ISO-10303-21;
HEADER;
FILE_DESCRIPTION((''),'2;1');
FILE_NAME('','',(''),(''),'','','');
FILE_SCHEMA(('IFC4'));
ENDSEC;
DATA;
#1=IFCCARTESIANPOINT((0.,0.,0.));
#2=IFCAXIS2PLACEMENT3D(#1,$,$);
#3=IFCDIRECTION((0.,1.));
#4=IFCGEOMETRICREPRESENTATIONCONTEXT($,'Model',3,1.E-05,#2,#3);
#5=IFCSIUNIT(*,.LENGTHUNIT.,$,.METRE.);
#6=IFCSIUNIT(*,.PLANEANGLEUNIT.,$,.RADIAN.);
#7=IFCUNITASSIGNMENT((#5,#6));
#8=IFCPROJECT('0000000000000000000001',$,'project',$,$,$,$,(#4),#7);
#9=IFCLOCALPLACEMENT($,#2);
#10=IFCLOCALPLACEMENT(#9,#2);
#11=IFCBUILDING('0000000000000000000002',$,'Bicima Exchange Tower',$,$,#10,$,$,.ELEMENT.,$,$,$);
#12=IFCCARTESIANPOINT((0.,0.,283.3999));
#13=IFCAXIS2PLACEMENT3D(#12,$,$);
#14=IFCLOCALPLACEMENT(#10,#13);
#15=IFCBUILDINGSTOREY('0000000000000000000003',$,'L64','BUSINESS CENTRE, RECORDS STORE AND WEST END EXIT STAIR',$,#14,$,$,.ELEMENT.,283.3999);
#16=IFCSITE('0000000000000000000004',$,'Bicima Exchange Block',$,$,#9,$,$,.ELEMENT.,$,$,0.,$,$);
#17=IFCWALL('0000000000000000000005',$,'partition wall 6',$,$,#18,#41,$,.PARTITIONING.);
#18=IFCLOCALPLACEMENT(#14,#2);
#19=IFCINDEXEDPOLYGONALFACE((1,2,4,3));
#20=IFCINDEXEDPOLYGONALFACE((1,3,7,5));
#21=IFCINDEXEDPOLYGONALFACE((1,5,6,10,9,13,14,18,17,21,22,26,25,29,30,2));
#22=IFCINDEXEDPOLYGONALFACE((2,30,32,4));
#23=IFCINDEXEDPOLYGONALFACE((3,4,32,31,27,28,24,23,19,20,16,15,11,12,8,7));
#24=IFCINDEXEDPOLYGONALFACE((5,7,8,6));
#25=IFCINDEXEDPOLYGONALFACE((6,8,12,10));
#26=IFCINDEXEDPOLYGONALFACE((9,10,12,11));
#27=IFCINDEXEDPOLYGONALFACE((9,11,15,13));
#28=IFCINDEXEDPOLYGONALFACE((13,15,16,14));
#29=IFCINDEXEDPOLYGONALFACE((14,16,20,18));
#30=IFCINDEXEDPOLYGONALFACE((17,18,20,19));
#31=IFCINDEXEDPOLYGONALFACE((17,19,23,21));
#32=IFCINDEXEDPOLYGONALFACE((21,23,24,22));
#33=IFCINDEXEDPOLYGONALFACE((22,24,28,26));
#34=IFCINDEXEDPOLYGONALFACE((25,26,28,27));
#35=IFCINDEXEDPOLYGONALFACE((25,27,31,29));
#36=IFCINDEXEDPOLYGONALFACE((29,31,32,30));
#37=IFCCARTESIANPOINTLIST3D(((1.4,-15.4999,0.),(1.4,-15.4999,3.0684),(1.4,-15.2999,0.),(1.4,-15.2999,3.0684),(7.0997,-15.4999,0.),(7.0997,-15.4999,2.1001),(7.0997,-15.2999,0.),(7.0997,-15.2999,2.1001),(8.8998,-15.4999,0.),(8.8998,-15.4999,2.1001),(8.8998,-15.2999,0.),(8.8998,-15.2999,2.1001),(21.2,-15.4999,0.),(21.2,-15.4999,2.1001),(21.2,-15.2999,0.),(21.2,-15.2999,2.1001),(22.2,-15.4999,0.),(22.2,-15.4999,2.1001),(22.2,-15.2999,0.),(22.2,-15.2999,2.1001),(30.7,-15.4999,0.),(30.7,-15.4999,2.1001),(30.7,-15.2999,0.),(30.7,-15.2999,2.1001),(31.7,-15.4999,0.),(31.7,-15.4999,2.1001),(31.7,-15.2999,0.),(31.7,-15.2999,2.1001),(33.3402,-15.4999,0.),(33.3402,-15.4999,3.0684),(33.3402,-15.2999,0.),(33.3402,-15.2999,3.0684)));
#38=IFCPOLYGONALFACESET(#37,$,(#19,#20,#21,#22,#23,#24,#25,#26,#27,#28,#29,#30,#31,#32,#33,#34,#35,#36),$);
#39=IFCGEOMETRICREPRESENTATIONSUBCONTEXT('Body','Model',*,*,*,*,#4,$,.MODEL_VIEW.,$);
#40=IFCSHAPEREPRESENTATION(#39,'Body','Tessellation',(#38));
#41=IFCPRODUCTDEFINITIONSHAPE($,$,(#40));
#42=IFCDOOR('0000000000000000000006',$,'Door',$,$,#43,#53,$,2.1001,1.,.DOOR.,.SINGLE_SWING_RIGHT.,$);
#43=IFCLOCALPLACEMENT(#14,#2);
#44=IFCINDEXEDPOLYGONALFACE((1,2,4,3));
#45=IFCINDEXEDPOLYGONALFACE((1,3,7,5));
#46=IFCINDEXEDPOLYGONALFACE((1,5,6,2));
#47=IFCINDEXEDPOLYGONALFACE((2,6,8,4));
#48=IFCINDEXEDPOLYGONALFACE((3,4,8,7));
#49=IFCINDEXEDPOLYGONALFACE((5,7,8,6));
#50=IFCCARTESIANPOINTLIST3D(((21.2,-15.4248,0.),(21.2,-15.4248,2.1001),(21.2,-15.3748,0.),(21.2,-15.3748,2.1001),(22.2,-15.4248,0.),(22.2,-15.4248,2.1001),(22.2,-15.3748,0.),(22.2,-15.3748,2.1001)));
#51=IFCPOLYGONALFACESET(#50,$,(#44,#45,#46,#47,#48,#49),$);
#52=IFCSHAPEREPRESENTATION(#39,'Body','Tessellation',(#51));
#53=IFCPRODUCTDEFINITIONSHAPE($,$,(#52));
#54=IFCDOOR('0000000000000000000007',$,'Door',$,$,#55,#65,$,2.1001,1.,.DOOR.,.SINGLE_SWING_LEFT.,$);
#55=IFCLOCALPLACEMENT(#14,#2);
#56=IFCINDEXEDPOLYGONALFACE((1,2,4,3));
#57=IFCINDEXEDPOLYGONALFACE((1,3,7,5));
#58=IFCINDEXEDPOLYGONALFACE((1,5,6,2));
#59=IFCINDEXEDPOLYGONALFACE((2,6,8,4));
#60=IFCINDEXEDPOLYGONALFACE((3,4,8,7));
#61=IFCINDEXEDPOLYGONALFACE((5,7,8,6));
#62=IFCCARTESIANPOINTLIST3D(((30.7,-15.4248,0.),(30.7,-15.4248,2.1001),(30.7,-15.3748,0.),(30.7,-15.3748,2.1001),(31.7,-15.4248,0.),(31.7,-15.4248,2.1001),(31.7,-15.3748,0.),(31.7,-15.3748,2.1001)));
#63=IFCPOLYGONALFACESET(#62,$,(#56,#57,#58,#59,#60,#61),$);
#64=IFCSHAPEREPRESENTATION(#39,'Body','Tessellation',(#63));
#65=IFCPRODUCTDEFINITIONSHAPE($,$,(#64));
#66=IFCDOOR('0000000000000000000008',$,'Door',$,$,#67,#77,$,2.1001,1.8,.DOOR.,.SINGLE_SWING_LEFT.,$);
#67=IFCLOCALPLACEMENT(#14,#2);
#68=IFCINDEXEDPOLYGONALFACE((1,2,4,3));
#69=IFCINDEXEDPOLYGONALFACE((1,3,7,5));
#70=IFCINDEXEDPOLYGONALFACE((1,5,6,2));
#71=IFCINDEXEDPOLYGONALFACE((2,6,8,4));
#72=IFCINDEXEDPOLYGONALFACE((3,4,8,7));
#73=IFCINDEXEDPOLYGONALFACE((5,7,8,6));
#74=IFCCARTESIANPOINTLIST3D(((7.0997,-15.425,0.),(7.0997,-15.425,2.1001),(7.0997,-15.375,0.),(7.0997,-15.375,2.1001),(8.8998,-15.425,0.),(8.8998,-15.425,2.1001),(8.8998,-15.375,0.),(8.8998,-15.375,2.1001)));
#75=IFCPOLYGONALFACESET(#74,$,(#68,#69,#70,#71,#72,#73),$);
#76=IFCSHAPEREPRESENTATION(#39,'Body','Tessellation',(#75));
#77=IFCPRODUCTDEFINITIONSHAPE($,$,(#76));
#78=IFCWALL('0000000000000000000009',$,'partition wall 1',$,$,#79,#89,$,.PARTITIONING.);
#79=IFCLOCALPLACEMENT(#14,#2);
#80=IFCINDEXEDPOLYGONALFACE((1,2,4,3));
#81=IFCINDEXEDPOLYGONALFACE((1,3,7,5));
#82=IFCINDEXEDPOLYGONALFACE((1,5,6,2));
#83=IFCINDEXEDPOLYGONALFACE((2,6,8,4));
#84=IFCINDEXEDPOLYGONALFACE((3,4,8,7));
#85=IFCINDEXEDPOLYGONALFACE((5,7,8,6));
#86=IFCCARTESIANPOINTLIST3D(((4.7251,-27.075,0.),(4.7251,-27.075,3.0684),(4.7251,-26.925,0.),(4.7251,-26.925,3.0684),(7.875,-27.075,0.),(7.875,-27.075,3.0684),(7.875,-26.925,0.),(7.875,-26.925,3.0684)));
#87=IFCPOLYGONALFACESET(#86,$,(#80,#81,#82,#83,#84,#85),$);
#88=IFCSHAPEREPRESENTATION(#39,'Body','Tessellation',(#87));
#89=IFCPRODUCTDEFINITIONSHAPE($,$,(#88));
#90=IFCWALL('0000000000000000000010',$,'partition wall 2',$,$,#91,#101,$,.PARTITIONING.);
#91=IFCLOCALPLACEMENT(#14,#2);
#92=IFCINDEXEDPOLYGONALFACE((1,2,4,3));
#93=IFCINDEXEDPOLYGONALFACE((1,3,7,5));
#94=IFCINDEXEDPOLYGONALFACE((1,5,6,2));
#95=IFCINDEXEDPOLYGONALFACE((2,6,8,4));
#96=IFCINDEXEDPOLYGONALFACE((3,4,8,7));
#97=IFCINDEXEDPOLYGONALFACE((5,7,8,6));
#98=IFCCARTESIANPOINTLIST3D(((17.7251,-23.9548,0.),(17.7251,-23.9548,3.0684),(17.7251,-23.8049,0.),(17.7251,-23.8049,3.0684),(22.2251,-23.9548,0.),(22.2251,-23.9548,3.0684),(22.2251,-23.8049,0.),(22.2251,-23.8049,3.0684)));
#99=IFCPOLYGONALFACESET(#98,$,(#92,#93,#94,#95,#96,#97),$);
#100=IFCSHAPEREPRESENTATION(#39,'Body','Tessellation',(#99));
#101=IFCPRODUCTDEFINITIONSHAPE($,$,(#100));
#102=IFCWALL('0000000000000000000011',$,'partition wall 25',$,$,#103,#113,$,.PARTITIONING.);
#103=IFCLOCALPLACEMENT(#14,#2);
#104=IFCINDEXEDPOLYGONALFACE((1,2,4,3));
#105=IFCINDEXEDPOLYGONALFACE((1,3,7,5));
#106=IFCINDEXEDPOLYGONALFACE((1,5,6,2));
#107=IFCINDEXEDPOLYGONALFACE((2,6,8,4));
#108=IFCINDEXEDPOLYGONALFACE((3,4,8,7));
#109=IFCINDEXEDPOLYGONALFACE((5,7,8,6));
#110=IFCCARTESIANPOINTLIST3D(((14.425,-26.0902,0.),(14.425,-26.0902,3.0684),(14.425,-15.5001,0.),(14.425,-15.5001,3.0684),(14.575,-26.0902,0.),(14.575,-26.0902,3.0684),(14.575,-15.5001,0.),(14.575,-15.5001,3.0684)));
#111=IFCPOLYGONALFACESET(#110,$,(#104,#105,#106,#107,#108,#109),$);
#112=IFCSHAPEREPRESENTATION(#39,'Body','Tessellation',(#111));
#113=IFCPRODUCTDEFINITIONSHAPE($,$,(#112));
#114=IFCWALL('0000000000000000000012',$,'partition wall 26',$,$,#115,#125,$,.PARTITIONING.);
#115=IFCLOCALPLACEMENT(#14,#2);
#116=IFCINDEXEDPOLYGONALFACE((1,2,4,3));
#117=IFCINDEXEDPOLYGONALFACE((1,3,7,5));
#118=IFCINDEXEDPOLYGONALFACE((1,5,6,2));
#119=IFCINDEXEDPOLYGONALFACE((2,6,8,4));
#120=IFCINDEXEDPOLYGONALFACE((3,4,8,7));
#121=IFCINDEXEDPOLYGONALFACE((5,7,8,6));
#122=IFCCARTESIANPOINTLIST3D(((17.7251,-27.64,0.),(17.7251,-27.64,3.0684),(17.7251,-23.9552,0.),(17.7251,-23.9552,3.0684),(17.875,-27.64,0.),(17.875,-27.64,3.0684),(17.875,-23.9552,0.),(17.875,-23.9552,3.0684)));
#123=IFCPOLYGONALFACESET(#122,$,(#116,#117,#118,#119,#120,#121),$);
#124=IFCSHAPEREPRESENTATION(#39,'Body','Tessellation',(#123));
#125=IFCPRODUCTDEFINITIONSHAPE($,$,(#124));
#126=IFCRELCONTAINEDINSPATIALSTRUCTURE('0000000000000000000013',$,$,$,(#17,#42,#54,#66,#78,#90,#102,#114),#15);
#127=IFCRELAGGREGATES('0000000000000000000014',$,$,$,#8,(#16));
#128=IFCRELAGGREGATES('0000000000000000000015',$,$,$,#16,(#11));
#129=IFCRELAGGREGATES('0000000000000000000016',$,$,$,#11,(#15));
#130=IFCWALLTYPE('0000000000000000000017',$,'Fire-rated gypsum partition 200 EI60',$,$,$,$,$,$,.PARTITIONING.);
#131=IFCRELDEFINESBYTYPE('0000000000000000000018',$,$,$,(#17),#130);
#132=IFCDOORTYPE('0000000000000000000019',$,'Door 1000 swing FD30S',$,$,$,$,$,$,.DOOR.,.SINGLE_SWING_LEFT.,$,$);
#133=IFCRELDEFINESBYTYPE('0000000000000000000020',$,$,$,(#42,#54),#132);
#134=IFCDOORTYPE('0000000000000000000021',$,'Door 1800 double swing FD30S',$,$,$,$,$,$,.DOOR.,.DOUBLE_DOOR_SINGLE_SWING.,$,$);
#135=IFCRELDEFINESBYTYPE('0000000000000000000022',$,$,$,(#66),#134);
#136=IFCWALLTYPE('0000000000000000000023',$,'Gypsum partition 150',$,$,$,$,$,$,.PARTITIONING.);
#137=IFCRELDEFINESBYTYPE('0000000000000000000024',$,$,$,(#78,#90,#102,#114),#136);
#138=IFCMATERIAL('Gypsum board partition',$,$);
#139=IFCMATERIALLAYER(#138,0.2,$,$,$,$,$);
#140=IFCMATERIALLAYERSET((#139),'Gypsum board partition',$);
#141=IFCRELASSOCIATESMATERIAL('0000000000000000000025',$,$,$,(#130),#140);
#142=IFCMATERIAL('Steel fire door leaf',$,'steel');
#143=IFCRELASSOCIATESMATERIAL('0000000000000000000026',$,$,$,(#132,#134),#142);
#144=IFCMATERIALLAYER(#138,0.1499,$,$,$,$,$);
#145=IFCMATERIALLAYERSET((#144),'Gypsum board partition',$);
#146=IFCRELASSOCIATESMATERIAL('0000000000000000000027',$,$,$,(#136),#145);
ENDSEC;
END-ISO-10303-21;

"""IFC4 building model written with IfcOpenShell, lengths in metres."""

from ifc_helpers import new_model, si_unit, direction, frame, frame_2d, origin, place, context, subcontext, project, spatial, rectangle, extrude, material, layer, layer_set, type_object, element, fill, save


model = new_model("IFC4")

# Units and contexts
model_context = context("Model", 3, precision=1e-05, world=origin(), true_north=direction((0.0, 1.0)))
body_context = subcontext(model_context, "Body", "Model", "MODEL_VIEW")
ifc_project = project(units=[si_unit("LENGTHUNIT", "METRE"), si_unit("PLANEANGLEUNIT", "RADIAN")], contexts=[model_context])

# Site, building, storey
site_placement = place(None, origin())
site = spatial("IfcSite", under=ifc_project, at=site_placement, Name="Bicima Exchange Block", CompositionType="ELEMENT", RefElevation=0.0)
building_placement = place(site_placement, origin())
building = spatial("IfcBuilding", under=site, at=building_placement, Name="Bicima Exchange Tower", CompositionType="ELEMENT")
storey_placement = place(building_placement, frame((0.0, 0.0, 283.3999)))
storey = spatial("IfcBuildingStorey", under=building, at=storey_placement, Name="L64", Description="BUSINESS CENTRE, RECORDS STORE AND WEST END EXIT STAIR", CompositionType="ELEMENT", Elevation=283.3999)

# Wall, openings, doors
ifc_material_1 = material(Name="Gypsum board partition")
ifc_layer_1 = layer(ifc_material_1, 0.2)
ifc_layer_set_1 = layer_set([ifc_layer_1], Name="Gypsum board partition")
wall_type_1 = type_object("IfcWallType", Name="Fire-rated gypsum partition 200 EI60", PredefinedType="PARTITIONING", material=ifc_layer_set_1)
wall_1_placement = place(storey_placement, frame((1.3999, -15.3999, 0.0), z_axis=(0.0, 0.0, 1.0), x_axis=(1.0, 0.0, 0.0)))
wall_1 = element("IfcWall", 1, at=wall_1_placement, inside=storey, type_object=wall_type_1, Name="partition wall 6", PredefinedType="PARTITIONING", context=body_context, shape_type="SweptSolid", body=[
    extrude(rectangle(XDim=31.9402, YDim=0.2, at=frame_2d((15.9702, 0.0))), origin(), (0.0, 0.0, 1.0), 3.0684),
])
opening_1_placement = place(wall_1_placement, frame((5.7, 0.0, 0.0)))
opening_1 = element("IfcOpeningElement", 2, at=opening_1_placement, cuts=wall_1, PredefinedType="OPENING", context=body_context, shape_type="SweptSolid", body=[
    extrude(rectangle(XDim=1.8, YDim=2.1001, at=frame_2d((0.8999, 1.05))), frame((0.0, 0.1118, 0.0), z_axis=(0.0, -1.0, 0.0), x_axis=(1.0, 0.0, 0.0)), (0.0, 0.0, 1.0), 0.2239),
])
opening_2_placement = place(wall_1_placement, frame((19.8, 0.0, 0.0)))
opening_2 = element("IfcOpeningElement", 3, at=opening_2_placement, cuts=wall_1, PredefinedType="OPENING", context=body_context, shape_type="SweptSolid", body=[
    extrude(rectangle(XDim=1.0, YDim=2.1001, at=frame_2d((0.5, 1.05))), frame((0.0, 0.1118, 0.0), z_axis=(0.0, -1.0, 0.0), x_axis=(1.0, 0.0, 0.0)), (0.0, 0.0, 1.0), 0.2239),
])
opening_3_placement = place(wall_1_placement, frame((29.3, 0.0, 0.0)))
opening_3 = element("IfcOpeningElement", 4, at=opening_3_placement, cuts=wall_1, PredefinedType="OPENING", context=body_context, shape_type="SweptSolid", body=[
    extrude(rectangle(XDim=1.0, YDim=2.1001, at=frame_2d((0.5, 1.05))), frame((0.0, 0.1118, 0.0), z_axis=(0.0, -1.0, 0.0), x_axis=(1.0, 0.0, 0.0)), (0.0, 0.0, 1.0), 0.2239),
])
ifc_material_2 = material(Name="Steel fire door leaf", Category="steel")
door_type_1 = type_object("IfcDoorType", Name="Door 1000 swing FD30S", OperationType="SINGLE_SWING_LEFT", PredefinedType="DOOR", material=ifc_material_2)
door_1_placement = place(opening_2_placement, frame((1.0, 0.0, 0.0), z_axis=(0.0, 0.0, 1.0), x_axis=(-1.0, 0.0, 0.0)))
door_1 = element("IfcDoor", 5, at=door_1_placement, inside=storey, type_object=door_type_1, Name="Door", OperationType="SINGLE_SWING_RIGHT", OverallHeight=2.1001, OverallWidth=1.0, PredefinedType="DOOR", context=body_context, shape_type="SweptSolid", body=[
    extrude(rectangle(XDim=1.0, YDim=2.1001, at=frame_2d((0.5, 1.05))), frame((0.0, 0.0249, 0.0), z_axis=(0.0, -1.0, 0.0), x_axis=(1.0, 0.0, 0.0)), (0.0, 0.0, 1.0), 0.05),
])
fill(opening_2, door_1)
door_2_placement = place(opening_3_placement, frame((1.0, 0.0, 0.0), z_axis=(0.0, 0.0, 1.0), x_axis=(-1.0, 0.0, 0.0)))
door_2 = element("IfcDoor", 6, at=door_2_placement, inside=storey, type_object=door_type_1, Name="Door", OperationType="SINGLE_SWING_LEFT", OverallHeight=2.1001, OverallWidth=1.0, PredefinedType="DOOR", context=body_context, shape_type="SweptSolid", body=[
    extrude(rectangle(XDim=1.0, YDim=2.1001, at=frame_2d((0.5, 1.05))), frame((0.0, 0.0249, 0.0), z_axis=(0.0, -1.0, 0.0), x_axis=(1.0, 0.0, 0.0)), (0.0, 0.0, 1.0), 0.05),
])
fill(opening_3, door_2)
door_type_2 = type_object("IfcDoorType", Name="Door 1800 double swing FD30S", OperationType="DOUBLE_DOOR_SINGLE_SWING", PredefinedType="DOOR", material=ifc_material_2)
door_3_placement = place(opening_1_placement, origin())
door_3 = element("IfcDoor", 7, at=door_3_placement, inside=storey, type_object=door_type_2, Name="Door", OperationType="SINGLE_SWING_LEFT", OverallHeight=2.1001, OverallWidth=1.8, PredefinedType="DOOR", context=body_context, shape_type="SweptSolid", body=[
    extrude(rectangle(XDim=1.8, YDim=2.1001, at=frame_2d((0.8999, 1.05))), frame((0.0, 0.0249, 0.0), z_axis=(0.0, -1.0, 0.0), x_axis=(1.0, 0.0, 0.0)), (0.0, 0.0, 1.0), 0.05),
])
fill(opening_1, door_3)

# Walls
ifc_layer_2 = layer(ifc_material_1, 0.1499)
ifc_layer_set_2 = layer_set([ifc_layer_2], Name="Gypsum board partition")
wall_type_2 = type_object("IfcWallType", Name="Gypsum partition 150", PredefinedType="PARTITIONING", material=ifc_layer_set_2)
wall_2_placement = place(storey_placement, frame((4.7251, -27.0, 0.0), z_axis=(0.0, 0.0, 1.0), x_axis=(1.0, 0.0, 0.0)))
element("IfcWall", 8, at=wall_2_placement, inside=storey, type_object=wall_type_2, Name="partition wall 1", PredefinedType="PARTITIONING", context=body_context, shape_type="SweptSolid", body=[
    extrude(rectangle(XDim=3.1499, YDim=0.1499, at=frame_2d((1.575, 0.0))), origin(), (0.0, 0.0, 1.0), 3.0684),
])
wall_3_placement = place(storey_placement, frame((17.7251, -23.8799, 0.0), z_axis=(0.0, 0.0, 1.0), x_axis=(1.0, 0.0, 0.0)))
element("IfcWall", 9, at=wall_3_placement, inside=storey, type_object=wall_type_2, Name="partition wall 2", PredefinedType="PARTITIONING", context=body_context, shape_type="SweptSolid", body=[
    extrude(rectangle(XDim=4.5, YDim=0.1499, at=frame_2d((2.25, 0.0))), origin(), (0.0, 0.0, 1.0), 3.0684),
])
wall_4_placement = place(storey_placement, frame((14.5, -26.0901, 0.0), z_axis=(0.0, 0.0, 1.0), x_axis=(0.0, 1.0, 0.0)))
element("IfcWall", 10, at=wall_4_placement, inside=storey, type_object=wall_type_2, Name="partition wall 25", PredefinedType="PARTITIONING", context=body_context, shape_type="SweptSolid", body=[
    extrude(rectangle(XDim=10.5901, YDim=0.1499, at=frame_2d((5.2949, 0.0))), origin(), (0.0, 0.0, 1.0), 3.0684),
])
wall_5_placement = place(storey_placement, frame((17.8, -27.6399, 0.0), z_axis=(0.0, 0.0, 1.0), x_axis=(0.0, 1.0, 0.0)))
element("IfcWall", 11, at=wall_5_placement, inside=storey, type_object=wall_type_2, Name="partition wall 26", PredefinedType="PARTITIONING", context=body_context, shape_type="SweptSolid", body=[
    extrude(rectangle(XDim=3.6848, YDim=0.1499, at=frame_2d((1.8423, 0.0))), origin(), (0.0, 0.0, 1.0), 3.0684),
])

save(model, "model.ifc")
